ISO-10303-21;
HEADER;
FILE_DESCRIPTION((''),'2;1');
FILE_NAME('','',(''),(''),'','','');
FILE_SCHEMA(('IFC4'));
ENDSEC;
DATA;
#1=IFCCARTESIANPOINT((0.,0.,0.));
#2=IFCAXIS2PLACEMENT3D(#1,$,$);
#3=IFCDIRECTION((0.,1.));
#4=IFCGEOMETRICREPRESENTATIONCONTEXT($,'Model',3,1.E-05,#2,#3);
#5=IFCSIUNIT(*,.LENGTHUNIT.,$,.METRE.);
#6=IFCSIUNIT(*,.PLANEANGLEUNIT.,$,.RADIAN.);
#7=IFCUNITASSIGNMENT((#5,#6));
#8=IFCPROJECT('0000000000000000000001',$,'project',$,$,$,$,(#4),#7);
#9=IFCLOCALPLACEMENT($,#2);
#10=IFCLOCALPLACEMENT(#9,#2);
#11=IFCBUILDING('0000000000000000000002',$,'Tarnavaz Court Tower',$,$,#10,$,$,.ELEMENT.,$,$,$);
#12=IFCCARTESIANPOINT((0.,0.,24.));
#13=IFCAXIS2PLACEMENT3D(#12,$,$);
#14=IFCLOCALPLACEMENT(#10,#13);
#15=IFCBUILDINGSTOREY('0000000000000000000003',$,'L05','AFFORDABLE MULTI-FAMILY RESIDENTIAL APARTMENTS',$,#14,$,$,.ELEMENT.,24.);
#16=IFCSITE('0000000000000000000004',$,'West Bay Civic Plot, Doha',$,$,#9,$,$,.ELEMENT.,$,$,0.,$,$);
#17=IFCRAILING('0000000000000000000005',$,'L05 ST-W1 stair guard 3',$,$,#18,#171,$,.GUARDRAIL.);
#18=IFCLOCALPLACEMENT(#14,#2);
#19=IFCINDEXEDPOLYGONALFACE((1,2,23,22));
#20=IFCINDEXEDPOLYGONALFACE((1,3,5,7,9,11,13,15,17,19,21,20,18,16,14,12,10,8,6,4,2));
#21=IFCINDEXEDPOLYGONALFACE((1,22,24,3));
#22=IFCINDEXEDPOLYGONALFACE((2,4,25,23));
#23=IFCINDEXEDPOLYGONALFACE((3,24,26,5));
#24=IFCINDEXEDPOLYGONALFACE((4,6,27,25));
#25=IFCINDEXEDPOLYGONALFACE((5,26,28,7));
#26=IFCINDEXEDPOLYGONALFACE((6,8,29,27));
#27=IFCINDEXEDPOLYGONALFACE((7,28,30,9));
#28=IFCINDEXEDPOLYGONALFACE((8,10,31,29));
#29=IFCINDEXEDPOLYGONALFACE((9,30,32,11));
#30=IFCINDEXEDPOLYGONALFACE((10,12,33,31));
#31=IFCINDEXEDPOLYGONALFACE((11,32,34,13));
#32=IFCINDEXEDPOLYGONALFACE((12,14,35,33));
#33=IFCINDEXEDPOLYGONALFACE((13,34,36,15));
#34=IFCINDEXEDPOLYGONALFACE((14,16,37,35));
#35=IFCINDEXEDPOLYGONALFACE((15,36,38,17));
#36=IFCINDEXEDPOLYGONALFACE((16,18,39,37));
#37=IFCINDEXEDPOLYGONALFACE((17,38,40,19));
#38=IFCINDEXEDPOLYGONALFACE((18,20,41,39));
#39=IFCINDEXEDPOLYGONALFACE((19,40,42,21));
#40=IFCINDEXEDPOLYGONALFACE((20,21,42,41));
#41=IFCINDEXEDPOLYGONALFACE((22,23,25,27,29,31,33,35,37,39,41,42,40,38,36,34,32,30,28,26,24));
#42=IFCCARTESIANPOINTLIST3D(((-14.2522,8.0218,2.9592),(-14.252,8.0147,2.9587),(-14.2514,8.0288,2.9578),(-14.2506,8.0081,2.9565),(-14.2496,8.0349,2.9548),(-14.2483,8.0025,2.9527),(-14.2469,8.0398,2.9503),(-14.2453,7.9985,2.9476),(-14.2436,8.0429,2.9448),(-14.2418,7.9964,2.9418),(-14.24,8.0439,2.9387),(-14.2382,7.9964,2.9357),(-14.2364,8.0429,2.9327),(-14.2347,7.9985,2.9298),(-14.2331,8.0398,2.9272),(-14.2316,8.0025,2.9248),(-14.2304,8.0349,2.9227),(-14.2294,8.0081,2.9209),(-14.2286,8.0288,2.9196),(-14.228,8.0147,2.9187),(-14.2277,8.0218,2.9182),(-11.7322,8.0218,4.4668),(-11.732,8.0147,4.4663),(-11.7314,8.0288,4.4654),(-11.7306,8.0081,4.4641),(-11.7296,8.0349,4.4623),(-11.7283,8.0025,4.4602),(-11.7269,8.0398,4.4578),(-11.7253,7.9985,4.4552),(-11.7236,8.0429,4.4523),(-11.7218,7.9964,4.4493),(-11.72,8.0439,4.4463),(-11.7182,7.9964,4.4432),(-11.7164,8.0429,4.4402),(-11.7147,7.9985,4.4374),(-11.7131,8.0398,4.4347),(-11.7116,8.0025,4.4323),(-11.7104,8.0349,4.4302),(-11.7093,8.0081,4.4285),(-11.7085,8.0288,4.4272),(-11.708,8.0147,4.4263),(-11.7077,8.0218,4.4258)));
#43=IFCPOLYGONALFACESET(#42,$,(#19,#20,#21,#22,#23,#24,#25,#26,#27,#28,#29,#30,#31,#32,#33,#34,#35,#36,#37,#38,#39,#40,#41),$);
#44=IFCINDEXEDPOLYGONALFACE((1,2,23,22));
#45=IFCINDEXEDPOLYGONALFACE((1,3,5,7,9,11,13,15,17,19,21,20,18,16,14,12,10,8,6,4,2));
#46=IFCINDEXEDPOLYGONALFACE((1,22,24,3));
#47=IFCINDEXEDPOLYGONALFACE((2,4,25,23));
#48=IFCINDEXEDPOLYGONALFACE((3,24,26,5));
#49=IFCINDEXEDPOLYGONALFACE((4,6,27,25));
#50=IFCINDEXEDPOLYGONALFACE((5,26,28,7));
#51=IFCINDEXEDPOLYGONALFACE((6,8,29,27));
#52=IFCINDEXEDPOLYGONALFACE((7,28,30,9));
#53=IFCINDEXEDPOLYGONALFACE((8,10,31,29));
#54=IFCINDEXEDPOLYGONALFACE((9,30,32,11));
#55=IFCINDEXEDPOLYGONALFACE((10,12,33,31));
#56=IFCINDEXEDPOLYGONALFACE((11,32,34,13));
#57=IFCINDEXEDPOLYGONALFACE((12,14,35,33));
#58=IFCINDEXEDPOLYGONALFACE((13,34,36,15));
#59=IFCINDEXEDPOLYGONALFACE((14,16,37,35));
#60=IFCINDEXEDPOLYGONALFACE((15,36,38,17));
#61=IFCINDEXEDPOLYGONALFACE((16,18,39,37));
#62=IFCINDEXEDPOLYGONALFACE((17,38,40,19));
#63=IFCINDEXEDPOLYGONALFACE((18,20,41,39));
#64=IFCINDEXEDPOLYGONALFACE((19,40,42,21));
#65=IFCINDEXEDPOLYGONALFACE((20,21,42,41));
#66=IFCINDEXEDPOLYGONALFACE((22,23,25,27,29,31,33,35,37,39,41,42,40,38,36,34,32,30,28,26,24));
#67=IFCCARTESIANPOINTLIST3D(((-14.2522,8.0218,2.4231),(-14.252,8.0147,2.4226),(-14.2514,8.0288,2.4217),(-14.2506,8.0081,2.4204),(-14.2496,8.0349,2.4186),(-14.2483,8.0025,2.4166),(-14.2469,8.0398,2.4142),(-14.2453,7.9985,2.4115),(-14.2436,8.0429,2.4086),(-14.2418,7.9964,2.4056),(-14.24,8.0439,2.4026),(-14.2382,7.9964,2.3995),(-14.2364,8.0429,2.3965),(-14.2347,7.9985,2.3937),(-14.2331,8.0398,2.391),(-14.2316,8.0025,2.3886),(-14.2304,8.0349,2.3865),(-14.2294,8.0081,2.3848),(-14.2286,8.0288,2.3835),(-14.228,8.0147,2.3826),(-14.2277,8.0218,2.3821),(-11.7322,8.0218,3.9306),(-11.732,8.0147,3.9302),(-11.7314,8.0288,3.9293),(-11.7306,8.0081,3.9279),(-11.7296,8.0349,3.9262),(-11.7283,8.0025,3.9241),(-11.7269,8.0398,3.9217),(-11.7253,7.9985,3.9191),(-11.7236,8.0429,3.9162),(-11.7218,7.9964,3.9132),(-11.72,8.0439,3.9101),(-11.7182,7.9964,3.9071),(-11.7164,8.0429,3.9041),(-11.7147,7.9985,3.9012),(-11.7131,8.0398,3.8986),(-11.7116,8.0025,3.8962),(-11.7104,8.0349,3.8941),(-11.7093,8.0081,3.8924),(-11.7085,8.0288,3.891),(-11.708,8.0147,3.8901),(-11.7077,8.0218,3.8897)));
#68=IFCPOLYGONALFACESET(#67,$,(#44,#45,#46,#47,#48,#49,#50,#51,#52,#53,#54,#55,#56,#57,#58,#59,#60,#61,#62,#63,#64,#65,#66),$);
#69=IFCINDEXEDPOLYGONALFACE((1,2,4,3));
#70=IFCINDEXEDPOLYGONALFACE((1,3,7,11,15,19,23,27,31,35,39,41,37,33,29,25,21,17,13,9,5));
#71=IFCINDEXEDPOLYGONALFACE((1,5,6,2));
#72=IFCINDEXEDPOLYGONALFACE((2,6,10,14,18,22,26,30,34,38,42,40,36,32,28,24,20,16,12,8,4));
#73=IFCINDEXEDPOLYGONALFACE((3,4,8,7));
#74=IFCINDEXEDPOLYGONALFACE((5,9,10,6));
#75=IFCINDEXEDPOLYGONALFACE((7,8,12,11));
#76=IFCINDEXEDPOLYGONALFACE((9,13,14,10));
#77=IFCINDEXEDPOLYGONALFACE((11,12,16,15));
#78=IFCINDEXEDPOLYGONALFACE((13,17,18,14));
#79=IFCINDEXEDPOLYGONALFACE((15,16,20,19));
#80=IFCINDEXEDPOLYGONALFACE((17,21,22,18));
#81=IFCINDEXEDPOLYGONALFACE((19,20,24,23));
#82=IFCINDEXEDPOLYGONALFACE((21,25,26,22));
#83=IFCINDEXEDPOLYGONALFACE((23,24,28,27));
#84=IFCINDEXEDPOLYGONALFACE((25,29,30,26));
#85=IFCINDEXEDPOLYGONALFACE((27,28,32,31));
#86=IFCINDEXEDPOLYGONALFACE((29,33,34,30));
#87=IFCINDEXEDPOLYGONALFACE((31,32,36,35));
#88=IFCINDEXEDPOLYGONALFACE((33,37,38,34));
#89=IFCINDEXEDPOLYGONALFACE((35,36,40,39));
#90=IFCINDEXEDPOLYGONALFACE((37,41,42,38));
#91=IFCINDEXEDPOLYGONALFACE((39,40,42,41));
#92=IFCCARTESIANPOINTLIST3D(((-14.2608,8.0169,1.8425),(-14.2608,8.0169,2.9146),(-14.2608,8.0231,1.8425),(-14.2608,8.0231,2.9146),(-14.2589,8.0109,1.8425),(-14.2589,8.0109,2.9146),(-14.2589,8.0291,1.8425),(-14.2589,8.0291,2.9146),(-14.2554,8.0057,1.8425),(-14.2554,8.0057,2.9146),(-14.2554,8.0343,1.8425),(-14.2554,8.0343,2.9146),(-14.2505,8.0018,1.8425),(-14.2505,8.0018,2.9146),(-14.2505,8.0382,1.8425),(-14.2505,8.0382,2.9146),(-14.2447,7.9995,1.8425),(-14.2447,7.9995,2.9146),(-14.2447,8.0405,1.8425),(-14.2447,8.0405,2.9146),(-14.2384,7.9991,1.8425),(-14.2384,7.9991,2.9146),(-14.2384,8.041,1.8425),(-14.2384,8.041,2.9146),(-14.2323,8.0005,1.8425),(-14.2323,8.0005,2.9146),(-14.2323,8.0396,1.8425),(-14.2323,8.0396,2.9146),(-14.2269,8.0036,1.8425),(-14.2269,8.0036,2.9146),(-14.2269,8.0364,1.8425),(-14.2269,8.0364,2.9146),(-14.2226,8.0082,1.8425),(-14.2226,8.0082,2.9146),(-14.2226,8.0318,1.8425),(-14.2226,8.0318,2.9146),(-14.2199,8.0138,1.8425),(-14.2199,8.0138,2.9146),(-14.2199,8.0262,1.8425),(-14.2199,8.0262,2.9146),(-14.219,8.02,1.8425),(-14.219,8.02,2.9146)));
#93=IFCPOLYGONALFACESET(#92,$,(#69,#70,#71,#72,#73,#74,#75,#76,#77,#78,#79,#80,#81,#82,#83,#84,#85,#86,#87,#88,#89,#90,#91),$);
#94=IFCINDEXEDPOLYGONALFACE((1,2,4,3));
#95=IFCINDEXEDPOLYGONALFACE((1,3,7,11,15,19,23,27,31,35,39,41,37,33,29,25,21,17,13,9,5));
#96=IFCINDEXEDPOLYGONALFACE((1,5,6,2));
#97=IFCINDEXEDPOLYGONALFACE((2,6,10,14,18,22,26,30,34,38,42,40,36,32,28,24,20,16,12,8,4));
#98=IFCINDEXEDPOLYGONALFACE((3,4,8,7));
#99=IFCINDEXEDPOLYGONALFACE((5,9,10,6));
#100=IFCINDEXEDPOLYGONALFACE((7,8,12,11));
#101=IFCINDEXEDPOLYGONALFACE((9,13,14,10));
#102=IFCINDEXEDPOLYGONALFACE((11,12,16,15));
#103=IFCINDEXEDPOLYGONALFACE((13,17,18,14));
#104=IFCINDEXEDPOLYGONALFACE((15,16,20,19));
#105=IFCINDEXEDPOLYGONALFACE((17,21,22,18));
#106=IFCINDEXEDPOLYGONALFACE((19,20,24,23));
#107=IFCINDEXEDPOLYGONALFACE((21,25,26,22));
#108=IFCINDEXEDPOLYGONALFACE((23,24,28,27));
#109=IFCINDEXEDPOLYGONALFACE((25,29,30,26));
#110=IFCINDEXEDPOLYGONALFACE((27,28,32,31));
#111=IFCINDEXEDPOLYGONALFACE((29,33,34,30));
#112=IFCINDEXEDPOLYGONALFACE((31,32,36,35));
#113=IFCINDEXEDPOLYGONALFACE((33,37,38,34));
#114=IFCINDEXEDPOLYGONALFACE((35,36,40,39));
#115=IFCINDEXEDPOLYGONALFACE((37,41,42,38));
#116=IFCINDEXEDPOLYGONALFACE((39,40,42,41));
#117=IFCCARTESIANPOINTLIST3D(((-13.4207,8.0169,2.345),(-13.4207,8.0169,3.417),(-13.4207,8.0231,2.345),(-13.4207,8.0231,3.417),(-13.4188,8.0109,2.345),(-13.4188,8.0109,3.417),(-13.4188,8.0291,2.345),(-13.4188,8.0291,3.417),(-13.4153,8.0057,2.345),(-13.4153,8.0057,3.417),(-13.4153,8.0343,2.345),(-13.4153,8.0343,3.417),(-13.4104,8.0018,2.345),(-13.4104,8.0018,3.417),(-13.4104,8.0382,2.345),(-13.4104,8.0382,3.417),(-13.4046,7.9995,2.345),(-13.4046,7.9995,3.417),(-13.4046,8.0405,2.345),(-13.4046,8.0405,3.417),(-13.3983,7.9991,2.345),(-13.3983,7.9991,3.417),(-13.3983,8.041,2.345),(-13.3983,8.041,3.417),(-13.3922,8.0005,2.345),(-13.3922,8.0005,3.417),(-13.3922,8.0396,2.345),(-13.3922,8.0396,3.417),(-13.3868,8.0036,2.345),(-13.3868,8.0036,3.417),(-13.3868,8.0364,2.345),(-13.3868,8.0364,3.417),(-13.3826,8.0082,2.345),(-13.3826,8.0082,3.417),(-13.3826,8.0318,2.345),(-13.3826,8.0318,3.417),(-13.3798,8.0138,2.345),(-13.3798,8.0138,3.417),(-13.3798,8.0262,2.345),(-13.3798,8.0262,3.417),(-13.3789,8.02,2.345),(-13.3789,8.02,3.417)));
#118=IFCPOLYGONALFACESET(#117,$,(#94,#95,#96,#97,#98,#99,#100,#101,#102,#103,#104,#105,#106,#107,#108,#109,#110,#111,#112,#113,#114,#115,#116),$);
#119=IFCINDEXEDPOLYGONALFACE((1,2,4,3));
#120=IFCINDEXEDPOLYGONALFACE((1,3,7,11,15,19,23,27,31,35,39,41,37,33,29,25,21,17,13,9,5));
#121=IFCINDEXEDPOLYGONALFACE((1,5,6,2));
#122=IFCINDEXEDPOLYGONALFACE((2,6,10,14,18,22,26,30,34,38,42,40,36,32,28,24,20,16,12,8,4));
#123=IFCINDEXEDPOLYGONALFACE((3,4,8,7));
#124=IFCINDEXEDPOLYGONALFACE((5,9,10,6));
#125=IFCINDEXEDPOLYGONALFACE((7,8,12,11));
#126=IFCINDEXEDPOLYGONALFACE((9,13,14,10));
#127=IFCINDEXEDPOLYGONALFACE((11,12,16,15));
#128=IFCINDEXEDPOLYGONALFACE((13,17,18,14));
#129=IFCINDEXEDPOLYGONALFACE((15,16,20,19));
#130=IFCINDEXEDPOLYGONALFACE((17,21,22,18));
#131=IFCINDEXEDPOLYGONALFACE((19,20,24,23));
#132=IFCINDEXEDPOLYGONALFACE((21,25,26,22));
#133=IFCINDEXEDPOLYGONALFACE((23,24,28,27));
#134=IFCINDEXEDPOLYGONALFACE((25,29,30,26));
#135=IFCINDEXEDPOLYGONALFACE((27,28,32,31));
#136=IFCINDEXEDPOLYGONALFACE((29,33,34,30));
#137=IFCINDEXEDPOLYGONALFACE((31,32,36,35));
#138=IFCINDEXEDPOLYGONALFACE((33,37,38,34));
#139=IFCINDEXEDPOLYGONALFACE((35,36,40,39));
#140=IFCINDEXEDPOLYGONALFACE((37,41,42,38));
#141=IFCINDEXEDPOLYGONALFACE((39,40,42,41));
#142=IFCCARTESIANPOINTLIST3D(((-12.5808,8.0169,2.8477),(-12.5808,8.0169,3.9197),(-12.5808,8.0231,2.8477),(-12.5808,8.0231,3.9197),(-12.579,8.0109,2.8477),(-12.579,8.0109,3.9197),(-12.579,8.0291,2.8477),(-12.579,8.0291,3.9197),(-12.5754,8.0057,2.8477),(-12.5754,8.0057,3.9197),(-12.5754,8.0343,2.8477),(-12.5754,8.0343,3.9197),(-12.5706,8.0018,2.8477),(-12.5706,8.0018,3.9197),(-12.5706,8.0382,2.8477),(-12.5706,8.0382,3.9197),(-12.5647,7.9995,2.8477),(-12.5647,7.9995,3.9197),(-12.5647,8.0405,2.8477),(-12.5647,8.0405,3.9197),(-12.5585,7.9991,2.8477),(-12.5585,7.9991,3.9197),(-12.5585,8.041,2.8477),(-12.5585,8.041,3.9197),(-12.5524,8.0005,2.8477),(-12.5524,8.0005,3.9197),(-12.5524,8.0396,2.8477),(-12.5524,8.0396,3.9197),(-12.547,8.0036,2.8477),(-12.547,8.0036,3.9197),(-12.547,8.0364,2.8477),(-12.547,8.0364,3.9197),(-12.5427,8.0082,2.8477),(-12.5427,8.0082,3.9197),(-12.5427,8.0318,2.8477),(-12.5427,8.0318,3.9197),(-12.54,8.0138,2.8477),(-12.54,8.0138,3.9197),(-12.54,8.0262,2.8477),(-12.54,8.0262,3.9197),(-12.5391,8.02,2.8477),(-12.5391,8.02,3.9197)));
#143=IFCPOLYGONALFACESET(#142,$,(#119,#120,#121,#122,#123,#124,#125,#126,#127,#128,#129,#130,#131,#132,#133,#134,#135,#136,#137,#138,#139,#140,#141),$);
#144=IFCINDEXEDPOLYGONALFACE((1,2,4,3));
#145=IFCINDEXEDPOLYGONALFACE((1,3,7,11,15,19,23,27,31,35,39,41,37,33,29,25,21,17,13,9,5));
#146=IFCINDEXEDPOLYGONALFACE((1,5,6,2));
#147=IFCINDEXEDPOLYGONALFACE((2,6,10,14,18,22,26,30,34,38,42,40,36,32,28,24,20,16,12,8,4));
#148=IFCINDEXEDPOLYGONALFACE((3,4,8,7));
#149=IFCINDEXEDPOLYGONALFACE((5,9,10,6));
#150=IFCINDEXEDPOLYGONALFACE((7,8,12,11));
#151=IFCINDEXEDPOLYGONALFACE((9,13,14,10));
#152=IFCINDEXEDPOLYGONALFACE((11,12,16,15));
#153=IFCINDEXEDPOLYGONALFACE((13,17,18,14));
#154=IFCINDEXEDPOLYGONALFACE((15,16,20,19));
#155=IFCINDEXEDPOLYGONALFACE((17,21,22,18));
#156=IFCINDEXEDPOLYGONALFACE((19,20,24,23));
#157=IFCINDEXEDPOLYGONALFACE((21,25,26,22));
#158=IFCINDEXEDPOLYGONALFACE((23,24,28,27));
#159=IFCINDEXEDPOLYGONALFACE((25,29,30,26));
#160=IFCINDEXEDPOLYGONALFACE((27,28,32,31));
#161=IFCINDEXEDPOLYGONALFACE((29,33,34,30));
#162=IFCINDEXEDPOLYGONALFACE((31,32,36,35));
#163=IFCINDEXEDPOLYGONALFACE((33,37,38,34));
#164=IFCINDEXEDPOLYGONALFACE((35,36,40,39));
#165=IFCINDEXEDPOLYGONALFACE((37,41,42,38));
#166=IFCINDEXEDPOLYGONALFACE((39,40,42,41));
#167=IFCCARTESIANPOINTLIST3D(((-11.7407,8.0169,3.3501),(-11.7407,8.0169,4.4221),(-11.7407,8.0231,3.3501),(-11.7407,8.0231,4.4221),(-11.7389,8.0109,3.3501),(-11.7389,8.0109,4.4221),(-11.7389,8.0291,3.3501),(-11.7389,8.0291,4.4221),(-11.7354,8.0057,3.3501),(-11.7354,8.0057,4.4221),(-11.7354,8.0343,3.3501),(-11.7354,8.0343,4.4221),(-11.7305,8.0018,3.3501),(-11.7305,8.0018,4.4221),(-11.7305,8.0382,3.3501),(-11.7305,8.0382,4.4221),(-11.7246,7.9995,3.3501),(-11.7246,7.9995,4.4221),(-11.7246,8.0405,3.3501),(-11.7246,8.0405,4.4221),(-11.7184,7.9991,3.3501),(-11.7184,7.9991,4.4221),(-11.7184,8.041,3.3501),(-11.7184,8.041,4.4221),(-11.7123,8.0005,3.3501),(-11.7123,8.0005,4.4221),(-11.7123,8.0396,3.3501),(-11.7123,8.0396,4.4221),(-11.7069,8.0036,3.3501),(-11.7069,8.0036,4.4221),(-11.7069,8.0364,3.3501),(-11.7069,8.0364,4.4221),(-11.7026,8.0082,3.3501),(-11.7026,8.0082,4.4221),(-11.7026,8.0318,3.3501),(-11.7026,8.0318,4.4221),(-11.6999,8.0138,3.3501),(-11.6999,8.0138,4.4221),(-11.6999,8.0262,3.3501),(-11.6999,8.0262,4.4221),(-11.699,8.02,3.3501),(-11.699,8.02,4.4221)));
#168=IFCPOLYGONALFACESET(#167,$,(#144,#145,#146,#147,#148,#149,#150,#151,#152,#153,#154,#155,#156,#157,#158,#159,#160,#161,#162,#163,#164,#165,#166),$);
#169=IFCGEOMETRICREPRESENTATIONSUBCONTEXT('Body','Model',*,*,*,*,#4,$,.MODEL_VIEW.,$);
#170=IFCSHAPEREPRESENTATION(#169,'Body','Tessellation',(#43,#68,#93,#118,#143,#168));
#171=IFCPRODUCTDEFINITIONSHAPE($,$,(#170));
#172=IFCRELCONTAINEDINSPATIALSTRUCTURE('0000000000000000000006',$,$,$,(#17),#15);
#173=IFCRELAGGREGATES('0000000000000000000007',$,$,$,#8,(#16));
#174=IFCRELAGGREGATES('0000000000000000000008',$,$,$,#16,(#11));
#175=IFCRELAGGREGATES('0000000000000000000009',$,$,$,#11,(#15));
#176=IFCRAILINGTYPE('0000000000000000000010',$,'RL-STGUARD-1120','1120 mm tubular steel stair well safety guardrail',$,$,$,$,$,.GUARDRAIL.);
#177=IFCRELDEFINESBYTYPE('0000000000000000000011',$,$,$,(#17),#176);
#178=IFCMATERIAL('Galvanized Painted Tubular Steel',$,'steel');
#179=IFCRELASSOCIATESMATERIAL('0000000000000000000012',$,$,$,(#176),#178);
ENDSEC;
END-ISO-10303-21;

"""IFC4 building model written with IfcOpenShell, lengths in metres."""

from ifc_helpers import new_model, si_unit, direction, frame, origin, origin_2d, place, context, subcontext, project, spatial, circle, extrude, material, type_object, element, save


model = new_model("IFC4")

# Units and contexts
model_context = context("Model", 3, precision=1e-05, world=origin(), true_north=direction((0.0, 1.0)))
body_context = subcontext(model_context, "Body", "Model", "MODEL_VIEW")
ifc_project = project(units=[si_unit("LENGTHUNIT", "METRE"), si_unit("PLANEANGLEUNIT", "RADIAN")], contexts=[model_context])

# Site, building, storey
site_placement = place(None, origin())
site = spatial("IfcSite", under=ifc_project, at=site_placement, Name="West Bay Civic Plot, Doha", CompositionType="ELEMENT", RefElevation=0.0)
building_placement = place(site_placement, origin())
building = spatial("IfcBuilding", under=site, at=building_placement, Name="Tarnavaz Court Tower", CompositionType="ELEMENT")
storey_placement = place(building_placement, frame((0.0, 0.0, 24.0)))
storey = spatial("IfcBuildingStorey", under=building, at=storey_placement, Name="L05", Description="AFFORDABLE MULTI-FAMILY RESIDENTIAL APARTMENTS", CompositionType="ELEMENT", Elevation=24.0)

# Railing
ifc_material_1 = material(Name="Galvanized Painted Tubular Steel", Category="steel")
railing_type_1 = type_object("IfcRailingType", Name="RL-STGUARD-1120", Description="1120 mm tubular steel stair well safety guardrail", PredefinedType="GUARDRAIL", material=ifc_material_1)
railing_1_placement = place(storey_placement, frame((-14.24, 8.02, 1.8425)))
element("IfcRailing", 1, at=railing_1_placement, inside=storey, type_object=railing_type_1, Name="L05 ST-W1 stair guard 3", PredefinedType="GUARDRAIL", context=body_context, shape_type="SweptSolid", body=[
    extrude(circle(Radius=0.0239, at=origin_2d()), frame((0.0, 0.0, 1.0962), z_axis=(0.85816, 0.0, 0.513383), x_axis=(0.0, 1.0, 0.0)), (0.0, 0.0, 1.0), 2.9365),
    extrude(circle(Radius=0.0239, at=origin_2d()), frame((0.0, 0.0, 0.5601), z_axis=(0.85816, 0.0, 0.513383), x_axis=(0.0, 1.0, 0.0)), (0.0, 0.0, 1.0), 2.9365),
    extrude(circle(Radius=0.021, at=origin_2d()), origin(), (0.0, 0.0, 1.0), 1.072),
    extrude(circle(Radius=0.021, at=origin_2d()), frame((0.8401, 0.0, 0.5024)), (0.0, 0.0, 1.0), 1.072),
    extrude(circle(Radius=0.021, at=origin_2d()), frame((1.6799, 0.0, 1.0051)), (0.0, 0.0, 1.0), 1.072),
    extrude(circle(Radius=0.021, at=origin_2d()), frame((2.52, 0.0, 1.5076)), (0.0, 0.0, 1.0), 1.072),
])

save(model, "model.ifc")
